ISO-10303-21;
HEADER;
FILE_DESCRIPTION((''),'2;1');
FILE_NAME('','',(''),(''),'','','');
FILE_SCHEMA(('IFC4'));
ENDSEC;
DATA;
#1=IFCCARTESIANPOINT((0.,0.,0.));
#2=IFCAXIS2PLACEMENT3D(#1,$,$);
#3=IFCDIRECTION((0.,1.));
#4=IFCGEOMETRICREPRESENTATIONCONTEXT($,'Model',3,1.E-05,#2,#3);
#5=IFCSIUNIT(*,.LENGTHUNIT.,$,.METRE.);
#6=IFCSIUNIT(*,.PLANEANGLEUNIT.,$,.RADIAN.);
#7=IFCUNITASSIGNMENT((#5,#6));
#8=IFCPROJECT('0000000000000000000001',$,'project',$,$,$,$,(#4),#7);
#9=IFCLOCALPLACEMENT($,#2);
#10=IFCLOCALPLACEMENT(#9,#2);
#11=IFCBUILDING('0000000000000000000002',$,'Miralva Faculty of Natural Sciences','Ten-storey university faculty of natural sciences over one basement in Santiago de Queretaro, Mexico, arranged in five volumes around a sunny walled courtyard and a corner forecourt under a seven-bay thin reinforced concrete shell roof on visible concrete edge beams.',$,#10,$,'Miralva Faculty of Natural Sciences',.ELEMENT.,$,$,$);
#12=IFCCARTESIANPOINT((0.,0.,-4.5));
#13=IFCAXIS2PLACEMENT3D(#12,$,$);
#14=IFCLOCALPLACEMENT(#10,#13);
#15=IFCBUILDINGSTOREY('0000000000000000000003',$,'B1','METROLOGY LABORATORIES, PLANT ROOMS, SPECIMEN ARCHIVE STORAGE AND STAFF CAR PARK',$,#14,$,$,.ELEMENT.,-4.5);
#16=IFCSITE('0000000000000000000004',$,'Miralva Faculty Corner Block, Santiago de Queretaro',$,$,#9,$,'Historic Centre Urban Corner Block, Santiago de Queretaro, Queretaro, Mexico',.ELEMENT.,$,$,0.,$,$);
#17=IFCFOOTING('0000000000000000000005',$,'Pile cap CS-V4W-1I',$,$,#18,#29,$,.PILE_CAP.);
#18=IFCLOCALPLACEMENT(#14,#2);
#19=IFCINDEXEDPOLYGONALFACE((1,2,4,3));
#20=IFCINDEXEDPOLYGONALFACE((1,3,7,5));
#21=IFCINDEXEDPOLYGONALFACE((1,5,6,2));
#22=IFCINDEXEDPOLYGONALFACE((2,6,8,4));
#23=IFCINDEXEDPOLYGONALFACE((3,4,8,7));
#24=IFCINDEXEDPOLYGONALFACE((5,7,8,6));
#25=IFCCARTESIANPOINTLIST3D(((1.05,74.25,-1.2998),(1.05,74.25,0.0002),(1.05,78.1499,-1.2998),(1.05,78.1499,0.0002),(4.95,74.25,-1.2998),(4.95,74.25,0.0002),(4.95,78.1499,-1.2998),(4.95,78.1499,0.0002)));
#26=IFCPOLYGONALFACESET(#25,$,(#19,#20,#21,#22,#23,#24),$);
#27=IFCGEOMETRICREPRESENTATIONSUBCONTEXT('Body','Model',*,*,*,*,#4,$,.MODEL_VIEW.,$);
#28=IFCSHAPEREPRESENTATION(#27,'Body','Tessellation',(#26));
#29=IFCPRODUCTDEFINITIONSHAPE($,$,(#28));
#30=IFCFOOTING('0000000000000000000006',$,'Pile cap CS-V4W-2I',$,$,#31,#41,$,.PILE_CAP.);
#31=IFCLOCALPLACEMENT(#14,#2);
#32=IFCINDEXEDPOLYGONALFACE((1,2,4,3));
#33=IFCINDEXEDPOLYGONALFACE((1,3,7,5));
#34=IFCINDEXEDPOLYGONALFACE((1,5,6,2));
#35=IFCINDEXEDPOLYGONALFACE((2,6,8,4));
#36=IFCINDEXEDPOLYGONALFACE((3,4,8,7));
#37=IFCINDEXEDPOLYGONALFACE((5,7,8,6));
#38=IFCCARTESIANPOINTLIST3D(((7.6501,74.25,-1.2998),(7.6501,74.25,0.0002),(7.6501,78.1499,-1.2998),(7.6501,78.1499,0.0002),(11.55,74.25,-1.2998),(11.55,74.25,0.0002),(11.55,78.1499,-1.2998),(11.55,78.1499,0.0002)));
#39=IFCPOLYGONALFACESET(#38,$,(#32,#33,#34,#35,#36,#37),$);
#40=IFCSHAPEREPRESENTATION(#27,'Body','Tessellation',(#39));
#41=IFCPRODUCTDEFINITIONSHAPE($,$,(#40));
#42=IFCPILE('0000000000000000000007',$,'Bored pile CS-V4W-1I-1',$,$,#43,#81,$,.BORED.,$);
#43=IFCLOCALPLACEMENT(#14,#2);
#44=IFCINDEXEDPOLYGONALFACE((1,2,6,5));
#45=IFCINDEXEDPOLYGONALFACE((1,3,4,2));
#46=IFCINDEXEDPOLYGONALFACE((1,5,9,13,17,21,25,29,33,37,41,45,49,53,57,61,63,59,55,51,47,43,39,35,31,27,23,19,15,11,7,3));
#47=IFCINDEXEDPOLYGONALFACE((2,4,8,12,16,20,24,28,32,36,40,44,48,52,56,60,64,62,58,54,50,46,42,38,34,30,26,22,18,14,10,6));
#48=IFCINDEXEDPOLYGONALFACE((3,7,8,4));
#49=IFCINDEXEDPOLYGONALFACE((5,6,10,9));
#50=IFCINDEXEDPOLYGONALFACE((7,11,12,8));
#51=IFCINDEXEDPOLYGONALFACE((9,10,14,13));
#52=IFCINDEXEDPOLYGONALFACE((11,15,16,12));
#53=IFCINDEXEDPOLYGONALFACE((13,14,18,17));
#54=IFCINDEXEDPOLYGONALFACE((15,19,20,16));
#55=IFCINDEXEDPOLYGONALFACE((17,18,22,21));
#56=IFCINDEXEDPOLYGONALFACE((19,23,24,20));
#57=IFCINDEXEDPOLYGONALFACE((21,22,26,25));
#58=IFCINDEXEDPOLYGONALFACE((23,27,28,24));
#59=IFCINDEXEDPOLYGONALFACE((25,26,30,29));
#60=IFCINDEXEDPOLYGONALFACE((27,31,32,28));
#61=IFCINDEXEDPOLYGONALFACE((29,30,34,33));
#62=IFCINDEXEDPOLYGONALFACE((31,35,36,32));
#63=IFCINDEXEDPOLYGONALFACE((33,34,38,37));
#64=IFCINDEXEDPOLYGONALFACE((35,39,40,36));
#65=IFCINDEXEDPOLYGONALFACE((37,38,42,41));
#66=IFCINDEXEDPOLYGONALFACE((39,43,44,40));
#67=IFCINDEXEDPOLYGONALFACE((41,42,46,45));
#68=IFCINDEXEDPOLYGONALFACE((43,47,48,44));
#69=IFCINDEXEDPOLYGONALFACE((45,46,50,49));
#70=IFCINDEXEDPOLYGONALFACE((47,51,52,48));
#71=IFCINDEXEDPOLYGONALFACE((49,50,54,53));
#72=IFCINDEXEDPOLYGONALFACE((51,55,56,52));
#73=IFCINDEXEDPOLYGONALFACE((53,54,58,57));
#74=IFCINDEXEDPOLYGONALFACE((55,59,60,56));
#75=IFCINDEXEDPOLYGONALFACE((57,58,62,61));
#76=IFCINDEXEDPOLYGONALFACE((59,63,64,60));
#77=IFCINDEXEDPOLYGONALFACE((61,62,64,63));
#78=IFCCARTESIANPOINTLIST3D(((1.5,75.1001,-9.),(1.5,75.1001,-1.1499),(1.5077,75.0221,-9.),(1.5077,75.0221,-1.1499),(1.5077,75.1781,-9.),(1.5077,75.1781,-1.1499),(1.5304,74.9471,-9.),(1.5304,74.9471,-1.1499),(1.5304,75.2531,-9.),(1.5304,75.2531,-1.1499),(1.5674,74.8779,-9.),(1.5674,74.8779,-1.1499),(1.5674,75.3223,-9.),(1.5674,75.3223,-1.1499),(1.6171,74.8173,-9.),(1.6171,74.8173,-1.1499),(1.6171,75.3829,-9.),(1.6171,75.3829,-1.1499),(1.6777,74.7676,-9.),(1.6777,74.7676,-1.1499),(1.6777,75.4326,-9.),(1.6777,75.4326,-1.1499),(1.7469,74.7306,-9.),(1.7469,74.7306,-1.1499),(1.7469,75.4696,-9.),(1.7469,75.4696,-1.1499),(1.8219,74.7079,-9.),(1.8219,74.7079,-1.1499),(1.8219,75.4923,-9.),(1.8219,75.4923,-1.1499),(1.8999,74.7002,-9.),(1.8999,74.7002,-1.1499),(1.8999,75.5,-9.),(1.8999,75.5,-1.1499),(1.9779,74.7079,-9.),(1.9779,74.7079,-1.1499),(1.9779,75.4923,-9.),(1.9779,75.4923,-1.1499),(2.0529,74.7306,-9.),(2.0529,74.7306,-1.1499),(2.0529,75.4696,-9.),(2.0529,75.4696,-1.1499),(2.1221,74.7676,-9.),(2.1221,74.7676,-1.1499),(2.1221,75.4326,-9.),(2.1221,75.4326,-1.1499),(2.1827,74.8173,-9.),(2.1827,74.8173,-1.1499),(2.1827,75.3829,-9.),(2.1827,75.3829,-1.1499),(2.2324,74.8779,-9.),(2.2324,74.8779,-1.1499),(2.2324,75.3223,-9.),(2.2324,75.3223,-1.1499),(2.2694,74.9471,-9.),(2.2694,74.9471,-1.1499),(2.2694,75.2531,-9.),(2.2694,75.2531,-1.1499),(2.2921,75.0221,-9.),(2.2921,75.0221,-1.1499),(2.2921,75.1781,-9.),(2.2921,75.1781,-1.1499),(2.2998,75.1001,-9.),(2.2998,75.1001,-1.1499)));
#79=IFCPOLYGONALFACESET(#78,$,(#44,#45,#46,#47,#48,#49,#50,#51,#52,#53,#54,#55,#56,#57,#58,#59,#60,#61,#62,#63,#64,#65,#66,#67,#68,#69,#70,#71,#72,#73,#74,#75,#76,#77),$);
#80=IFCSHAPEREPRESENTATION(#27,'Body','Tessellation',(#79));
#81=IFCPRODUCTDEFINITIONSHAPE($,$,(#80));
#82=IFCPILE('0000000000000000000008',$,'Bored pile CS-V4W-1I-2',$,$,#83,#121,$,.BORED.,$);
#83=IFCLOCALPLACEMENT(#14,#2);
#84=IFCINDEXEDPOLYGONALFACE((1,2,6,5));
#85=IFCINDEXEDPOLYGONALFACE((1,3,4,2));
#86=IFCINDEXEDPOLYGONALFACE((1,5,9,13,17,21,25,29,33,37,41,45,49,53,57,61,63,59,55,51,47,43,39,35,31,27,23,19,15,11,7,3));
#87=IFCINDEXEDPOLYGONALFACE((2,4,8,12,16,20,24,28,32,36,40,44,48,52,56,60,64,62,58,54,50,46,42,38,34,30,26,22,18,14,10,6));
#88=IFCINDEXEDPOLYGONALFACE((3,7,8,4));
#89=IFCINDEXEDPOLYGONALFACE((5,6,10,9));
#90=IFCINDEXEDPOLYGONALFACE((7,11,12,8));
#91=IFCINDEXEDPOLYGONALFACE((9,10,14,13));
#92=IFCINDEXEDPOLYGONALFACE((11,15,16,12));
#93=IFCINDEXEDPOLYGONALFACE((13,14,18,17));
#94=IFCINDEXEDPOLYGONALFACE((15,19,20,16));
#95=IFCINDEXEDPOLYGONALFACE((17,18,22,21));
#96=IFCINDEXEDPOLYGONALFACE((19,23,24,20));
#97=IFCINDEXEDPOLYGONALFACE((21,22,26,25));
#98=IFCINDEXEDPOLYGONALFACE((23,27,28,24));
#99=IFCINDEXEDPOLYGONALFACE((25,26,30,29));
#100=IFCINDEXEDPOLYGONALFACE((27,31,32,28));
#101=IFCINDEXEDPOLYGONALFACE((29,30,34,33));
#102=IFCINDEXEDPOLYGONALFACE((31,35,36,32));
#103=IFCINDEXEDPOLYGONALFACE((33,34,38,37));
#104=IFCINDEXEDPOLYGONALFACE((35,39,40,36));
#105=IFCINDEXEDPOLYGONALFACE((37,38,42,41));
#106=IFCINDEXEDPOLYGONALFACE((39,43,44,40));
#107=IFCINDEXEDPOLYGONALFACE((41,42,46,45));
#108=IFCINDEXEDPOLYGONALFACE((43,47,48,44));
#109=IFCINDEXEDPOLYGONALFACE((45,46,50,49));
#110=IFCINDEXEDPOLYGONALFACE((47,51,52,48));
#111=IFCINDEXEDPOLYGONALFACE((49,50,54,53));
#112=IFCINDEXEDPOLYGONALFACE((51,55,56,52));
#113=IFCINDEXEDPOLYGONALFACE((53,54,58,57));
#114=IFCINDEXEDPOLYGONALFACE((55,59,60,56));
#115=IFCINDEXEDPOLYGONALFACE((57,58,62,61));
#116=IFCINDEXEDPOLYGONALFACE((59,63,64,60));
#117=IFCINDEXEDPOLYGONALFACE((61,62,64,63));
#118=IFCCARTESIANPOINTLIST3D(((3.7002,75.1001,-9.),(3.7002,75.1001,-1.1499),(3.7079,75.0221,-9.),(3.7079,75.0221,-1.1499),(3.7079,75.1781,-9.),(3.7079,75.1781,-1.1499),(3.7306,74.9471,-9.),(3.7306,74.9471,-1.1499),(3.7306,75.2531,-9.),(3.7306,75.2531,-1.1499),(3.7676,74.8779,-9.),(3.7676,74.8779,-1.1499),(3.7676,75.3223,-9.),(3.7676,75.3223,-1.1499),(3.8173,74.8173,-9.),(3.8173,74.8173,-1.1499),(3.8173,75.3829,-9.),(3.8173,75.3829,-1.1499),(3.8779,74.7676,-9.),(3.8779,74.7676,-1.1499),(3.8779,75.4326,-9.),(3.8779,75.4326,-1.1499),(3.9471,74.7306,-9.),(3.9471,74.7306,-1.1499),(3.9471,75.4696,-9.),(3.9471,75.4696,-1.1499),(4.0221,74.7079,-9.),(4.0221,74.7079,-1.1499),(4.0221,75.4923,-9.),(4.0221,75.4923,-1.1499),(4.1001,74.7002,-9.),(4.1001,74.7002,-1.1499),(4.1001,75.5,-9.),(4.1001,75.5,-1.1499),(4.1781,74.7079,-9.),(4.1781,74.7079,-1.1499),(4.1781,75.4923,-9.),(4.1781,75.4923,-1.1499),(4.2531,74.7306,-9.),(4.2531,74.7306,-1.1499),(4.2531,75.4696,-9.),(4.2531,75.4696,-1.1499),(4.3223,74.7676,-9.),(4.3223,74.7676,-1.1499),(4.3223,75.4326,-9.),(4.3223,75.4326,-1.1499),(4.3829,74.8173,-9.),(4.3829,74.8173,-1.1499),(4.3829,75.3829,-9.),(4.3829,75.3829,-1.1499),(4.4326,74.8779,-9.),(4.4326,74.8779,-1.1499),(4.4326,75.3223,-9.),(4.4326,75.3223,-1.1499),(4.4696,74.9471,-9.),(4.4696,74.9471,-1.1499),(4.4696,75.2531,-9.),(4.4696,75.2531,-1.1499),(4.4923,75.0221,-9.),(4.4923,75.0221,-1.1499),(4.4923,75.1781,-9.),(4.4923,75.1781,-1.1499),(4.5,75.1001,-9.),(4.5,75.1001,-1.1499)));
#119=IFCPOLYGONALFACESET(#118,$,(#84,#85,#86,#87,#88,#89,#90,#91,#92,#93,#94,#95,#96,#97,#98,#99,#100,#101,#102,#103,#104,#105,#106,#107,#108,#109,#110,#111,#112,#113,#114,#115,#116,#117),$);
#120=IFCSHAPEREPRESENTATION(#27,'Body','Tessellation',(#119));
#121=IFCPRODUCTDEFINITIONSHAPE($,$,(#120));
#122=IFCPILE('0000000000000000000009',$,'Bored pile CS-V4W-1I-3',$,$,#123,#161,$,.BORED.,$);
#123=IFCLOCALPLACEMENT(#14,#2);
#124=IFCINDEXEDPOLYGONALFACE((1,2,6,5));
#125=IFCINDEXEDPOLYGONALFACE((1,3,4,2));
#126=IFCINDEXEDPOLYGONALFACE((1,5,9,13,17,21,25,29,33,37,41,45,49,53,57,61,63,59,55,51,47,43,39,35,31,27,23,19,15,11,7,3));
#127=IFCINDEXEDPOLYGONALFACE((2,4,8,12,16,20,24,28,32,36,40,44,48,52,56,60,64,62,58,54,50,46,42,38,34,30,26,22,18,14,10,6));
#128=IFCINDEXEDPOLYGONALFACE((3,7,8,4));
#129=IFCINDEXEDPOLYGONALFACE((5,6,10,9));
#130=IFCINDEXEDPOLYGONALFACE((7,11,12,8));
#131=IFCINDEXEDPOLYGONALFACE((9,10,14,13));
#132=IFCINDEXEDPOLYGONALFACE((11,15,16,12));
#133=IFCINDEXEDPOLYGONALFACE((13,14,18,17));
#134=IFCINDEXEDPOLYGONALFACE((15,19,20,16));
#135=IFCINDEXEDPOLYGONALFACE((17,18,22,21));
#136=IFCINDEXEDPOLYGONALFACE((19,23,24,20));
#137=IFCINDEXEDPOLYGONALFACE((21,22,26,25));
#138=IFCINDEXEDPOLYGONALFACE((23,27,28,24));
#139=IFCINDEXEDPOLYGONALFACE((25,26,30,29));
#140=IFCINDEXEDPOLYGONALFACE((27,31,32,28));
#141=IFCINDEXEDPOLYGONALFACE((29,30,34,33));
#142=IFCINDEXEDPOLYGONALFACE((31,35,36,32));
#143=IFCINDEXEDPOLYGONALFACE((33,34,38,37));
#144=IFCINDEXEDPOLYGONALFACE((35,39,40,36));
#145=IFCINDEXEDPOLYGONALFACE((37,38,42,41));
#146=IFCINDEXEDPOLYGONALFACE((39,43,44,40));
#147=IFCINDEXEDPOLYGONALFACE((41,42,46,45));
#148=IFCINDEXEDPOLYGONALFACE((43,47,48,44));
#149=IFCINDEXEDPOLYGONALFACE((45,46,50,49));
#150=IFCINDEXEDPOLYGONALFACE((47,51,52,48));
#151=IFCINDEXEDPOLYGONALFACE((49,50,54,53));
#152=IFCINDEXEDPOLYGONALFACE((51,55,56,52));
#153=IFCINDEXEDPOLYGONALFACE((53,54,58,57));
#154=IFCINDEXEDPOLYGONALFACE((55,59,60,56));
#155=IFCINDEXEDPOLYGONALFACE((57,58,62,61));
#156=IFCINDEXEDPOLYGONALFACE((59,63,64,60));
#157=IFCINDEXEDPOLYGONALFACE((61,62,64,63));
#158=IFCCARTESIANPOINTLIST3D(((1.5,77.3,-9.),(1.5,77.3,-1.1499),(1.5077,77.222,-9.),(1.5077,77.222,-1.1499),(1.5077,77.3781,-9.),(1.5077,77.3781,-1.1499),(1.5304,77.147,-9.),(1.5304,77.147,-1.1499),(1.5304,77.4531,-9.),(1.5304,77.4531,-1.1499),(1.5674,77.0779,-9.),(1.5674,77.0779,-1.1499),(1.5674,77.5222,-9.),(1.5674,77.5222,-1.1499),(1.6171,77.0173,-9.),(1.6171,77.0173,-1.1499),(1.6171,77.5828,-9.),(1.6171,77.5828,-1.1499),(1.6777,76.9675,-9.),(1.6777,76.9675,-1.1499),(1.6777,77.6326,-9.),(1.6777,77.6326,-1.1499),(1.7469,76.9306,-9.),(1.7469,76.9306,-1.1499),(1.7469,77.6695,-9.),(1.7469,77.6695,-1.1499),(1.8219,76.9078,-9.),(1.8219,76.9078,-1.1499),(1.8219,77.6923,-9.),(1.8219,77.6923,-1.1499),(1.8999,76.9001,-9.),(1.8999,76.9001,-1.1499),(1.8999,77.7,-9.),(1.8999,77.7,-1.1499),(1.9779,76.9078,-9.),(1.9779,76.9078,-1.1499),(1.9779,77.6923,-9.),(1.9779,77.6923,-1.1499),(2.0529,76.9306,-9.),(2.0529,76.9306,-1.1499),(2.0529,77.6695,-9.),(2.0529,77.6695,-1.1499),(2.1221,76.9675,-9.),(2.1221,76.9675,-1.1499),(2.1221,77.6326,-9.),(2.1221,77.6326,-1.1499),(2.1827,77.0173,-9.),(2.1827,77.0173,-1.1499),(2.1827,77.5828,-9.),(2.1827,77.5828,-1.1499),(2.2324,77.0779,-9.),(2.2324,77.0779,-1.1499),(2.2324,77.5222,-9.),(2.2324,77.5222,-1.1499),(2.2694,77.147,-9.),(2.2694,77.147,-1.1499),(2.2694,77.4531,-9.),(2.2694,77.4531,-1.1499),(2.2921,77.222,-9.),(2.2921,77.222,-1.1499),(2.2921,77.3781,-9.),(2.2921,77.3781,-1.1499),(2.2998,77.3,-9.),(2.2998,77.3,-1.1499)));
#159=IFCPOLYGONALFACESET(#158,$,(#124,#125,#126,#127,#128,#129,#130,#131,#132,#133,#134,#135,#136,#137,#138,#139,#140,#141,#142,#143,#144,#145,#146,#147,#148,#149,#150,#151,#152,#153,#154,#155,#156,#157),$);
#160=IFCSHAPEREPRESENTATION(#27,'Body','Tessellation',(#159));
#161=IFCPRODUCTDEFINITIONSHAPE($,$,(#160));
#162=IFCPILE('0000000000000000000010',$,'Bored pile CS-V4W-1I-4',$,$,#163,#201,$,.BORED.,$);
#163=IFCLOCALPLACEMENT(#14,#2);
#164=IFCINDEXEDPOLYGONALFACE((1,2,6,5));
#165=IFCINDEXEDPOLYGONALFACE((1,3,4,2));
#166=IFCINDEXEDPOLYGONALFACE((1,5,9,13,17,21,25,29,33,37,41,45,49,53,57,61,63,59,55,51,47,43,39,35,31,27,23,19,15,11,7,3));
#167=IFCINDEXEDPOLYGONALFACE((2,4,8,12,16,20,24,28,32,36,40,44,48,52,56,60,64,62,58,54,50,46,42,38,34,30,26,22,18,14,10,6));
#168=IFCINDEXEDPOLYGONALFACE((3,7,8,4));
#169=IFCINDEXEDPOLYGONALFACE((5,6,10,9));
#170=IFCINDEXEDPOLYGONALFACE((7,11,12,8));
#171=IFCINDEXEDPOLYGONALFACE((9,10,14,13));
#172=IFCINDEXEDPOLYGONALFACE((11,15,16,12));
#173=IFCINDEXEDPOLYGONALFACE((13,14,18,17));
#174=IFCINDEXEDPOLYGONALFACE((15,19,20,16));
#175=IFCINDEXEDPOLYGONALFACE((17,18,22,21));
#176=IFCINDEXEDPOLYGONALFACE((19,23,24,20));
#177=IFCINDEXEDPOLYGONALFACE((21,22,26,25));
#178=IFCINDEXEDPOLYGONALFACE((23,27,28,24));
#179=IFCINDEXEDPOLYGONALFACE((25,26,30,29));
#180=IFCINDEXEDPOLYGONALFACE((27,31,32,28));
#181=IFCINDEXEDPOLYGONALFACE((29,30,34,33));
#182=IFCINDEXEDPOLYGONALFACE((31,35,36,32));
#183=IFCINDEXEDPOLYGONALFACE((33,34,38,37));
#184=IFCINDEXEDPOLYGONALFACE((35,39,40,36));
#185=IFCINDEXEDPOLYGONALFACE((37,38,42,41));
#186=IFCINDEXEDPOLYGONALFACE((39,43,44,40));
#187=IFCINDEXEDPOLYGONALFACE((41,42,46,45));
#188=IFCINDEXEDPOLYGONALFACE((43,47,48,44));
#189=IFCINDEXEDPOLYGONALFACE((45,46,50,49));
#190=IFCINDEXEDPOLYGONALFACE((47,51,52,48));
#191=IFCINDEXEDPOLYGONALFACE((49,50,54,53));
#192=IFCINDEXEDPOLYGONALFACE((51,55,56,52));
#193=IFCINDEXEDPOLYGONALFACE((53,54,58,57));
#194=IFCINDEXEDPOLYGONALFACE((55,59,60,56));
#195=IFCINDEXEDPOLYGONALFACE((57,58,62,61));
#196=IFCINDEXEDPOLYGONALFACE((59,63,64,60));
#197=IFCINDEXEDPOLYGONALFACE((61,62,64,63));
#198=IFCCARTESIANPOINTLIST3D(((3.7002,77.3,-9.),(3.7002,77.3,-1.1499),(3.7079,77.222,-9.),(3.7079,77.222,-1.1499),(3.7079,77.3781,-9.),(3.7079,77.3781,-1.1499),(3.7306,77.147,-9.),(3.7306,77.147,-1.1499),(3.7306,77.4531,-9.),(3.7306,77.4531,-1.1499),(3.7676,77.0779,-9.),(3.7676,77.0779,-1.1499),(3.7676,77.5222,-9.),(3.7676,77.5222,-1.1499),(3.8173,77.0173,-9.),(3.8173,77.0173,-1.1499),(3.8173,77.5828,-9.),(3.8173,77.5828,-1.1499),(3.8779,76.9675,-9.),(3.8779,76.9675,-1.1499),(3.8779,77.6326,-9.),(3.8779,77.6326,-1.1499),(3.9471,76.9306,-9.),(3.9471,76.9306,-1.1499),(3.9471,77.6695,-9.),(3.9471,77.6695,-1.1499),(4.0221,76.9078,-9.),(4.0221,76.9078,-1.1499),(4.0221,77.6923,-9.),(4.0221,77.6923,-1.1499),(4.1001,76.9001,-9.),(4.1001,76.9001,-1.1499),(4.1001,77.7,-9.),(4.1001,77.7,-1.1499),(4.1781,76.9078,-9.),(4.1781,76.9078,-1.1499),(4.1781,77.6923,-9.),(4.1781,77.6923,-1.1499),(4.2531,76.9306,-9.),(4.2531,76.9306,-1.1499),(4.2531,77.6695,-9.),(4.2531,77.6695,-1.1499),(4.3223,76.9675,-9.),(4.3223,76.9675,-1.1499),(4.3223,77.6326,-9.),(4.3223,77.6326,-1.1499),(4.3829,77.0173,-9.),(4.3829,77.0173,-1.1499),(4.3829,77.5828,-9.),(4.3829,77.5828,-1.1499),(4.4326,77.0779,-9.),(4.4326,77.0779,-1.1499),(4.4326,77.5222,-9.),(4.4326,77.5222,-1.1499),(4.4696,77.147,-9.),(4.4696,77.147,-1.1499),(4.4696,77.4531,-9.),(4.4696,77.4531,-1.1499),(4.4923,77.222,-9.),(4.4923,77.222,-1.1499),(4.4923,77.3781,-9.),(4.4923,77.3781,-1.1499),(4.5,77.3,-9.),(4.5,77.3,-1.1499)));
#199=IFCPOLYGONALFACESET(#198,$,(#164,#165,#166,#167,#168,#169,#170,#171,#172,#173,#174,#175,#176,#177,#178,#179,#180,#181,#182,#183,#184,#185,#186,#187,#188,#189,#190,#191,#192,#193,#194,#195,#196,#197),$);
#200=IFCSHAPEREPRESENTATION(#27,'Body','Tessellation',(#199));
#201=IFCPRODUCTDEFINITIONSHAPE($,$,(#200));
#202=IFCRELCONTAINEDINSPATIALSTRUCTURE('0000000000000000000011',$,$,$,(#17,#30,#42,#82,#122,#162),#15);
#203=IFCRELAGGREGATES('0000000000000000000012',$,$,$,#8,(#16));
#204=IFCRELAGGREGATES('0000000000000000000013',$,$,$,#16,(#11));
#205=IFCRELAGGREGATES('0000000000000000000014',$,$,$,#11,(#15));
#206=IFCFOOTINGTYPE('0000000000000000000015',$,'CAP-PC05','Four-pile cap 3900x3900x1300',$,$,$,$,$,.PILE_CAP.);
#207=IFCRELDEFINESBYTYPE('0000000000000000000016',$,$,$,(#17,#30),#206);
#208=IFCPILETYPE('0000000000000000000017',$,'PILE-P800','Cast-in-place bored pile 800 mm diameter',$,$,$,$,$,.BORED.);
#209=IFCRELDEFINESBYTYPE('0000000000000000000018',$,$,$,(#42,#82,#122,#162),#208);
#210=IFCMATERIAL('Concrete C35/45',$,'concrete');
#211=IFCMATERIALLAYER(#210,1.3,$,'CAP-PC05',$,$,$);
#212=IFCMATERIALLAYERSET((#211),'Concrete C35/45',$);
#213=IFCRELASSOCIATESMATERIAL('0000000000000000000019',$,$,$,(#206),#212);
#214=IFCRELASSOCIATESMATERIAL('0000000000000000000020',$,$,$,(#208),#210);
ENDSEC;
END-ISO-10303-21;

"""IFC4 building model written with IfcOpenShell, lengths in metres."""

from ifc_helpers import new_model, si_unit, direction, frame, origin, origin_2d, place, context, subcontext, project, spatial, rectangle, circle, extrude, material, layer, layer_set, material_profile, profile_set, type_object, element, save


model = new_model("IFC4")

# Units and contexts
model_context = context("Model", 3, precision=1e-05, world=origin(), true_north=direction((0.0, 1.0)))
body_context = subcontext(model_context, "Body", "Model", "MODEL_VIEW")
ifc_project = project(units=[si_unit("LENGTHUNIT", "METRE"), si_unit("PLANEANGLEUNIT", "RADIAN")], contexts=[model_context])

# Site, building, storey
site_placement = place(None, origin())
site = spatial("IfcSite", under=ifc_project, at=site_placement, Name="Miralva Faculty Corner Block, Santiago de Queretaro", LongName="Historic Centre Urban Corner Block, Santiago de Queretaro, Queretaro, Mexico", CompositionType="ELEMENT", RefElevation=0.0)
building_placement = place(site_placement, origin())
building = spatial("IfcBuilding", under=site, at=building_placement, Name="Miralva Faculty of Natural Sciences", Description="Ten-storey university faculty of natural sciences over one basement in Santiago de Queretaro, Mexico, arranged in five volumes around a sunny walled courtyard and a corner forecourt under a seven-bay thin reinforced concrete shell roof on visible concrete edge beams.", LongName="Miralva Faculty of Natural Sciences", CompositionType="ELEMENT")
storey_placement = place(building_placement, frame((0.0, 0.0, -4.5)))
storey = spatial("IfcBuildingStorey", under=building, at=storey_placement, Name="B1", Description="METROLOGY LABORATORIES, PLANT ROOMS, SPECIMEN ARCHIVE STORAGE AND STAFF CAR PARK", CompositionType="ELEMENT", Elevation=-4.5)

# Footings
ifc_material_1 = material(Name="Concrete C35/45", Category="concrete")
ifc_layer_1 = layer(ifc_material_1, 1.3, Name="CAP-PC05")
ifc_layer_set_1 = layer_set([ifc_layer_1], Name="Concrete C35/45")
footing_type_1 = type_object("IfcFootingType", Name="CAP-PC05", Description="Four-pile cap 3900x3900x1300", PredefinedType="PILE_CAP", material=ifc_layer_set_1)
for number, where, z_axis, x_axis, name in (
    (1, (3.0, 76.2, -1.2998), (0.0, 0.0, 1.0), (1.0, 0.0, 0.0), "Pile cap CS-V4W-1I"),
    (2, (9.6001, 76.2, -1.2998), (0.0, 0.0, 1.0), (1.0, 0.0, 0.0), "Pile cap CS-V4W-2I"),
):
    element("IfcFooting", number, at=place(storey_placement, frame(where, z_axis=z_axis, x_axis=x_axis)), inside=storey, type_object=footing_type_1, Name=name, PredefinedType="PILE_CAP", context=body_context, shape_type="SweptSolid", body=[
        extrude(rectangle(XDim=3.8999, YDim=3.8999, at=origin_2d()), origin(), (0.0, 0.0, 1.0), 1.3),
    ])

# Piles
ifc_material_profile_1 = material_profile(ifc_material_1, circle(Radius=0.3999, at=origin_2d()), Name="BORED PILE 800")
ifc_profile_set_1 = profile_set([ifc_material_profile_1], Name="Concrete C35/45")
pile_type = type_object("IfcPileType", Name="PILE-P800", Description="Cast-in-place bored pile 800 mm diameter", PredefinedType="BORED", material=ifc_profile_set_1)
for number, where, z_axis, x_axis, name in (
    (3, (1.8999, 75.1001, -1.1499), (0.0, 0.0, -1.0), (1.0, 0.0, 0.0), "Bored pile CS-V4W-1I-1"),
    (4, (4.1001, 75.1001, -1.1499), (0.0, 0.0, -1.0), (1.0, 0.0, 0.0), "Bored pile CS-V4W-1I-2"),
    (5, (1.8999, 77.3, -1.1499), (0.0, 0.0, -1.0), (1.0, 0.0, 0.0), "Bored pile CS-V4W-1I-3"),
    (6, (4.1001, 77.3, -1.1499), (0.0, 0.0, -1.0), (1.0, 0.0, 0.0), "Bored pile CS-V4W-1I-4"),
):
    element("IfcPile", number, at=place(storey_placement, frame(where, z_axis=z_axis, x_axis=x_axis)), inside=storey, type_object=pile_type, Name=name, PredefinedType="BORED", context=body_context, shape_type="SweptSolid", body=[
        extrude(circle(Radius=0.3999, at=origin_2d()), origin(), (0.0, 0.0, 1.0), 7.8501),
    ])

save(model, "model.ifc")
